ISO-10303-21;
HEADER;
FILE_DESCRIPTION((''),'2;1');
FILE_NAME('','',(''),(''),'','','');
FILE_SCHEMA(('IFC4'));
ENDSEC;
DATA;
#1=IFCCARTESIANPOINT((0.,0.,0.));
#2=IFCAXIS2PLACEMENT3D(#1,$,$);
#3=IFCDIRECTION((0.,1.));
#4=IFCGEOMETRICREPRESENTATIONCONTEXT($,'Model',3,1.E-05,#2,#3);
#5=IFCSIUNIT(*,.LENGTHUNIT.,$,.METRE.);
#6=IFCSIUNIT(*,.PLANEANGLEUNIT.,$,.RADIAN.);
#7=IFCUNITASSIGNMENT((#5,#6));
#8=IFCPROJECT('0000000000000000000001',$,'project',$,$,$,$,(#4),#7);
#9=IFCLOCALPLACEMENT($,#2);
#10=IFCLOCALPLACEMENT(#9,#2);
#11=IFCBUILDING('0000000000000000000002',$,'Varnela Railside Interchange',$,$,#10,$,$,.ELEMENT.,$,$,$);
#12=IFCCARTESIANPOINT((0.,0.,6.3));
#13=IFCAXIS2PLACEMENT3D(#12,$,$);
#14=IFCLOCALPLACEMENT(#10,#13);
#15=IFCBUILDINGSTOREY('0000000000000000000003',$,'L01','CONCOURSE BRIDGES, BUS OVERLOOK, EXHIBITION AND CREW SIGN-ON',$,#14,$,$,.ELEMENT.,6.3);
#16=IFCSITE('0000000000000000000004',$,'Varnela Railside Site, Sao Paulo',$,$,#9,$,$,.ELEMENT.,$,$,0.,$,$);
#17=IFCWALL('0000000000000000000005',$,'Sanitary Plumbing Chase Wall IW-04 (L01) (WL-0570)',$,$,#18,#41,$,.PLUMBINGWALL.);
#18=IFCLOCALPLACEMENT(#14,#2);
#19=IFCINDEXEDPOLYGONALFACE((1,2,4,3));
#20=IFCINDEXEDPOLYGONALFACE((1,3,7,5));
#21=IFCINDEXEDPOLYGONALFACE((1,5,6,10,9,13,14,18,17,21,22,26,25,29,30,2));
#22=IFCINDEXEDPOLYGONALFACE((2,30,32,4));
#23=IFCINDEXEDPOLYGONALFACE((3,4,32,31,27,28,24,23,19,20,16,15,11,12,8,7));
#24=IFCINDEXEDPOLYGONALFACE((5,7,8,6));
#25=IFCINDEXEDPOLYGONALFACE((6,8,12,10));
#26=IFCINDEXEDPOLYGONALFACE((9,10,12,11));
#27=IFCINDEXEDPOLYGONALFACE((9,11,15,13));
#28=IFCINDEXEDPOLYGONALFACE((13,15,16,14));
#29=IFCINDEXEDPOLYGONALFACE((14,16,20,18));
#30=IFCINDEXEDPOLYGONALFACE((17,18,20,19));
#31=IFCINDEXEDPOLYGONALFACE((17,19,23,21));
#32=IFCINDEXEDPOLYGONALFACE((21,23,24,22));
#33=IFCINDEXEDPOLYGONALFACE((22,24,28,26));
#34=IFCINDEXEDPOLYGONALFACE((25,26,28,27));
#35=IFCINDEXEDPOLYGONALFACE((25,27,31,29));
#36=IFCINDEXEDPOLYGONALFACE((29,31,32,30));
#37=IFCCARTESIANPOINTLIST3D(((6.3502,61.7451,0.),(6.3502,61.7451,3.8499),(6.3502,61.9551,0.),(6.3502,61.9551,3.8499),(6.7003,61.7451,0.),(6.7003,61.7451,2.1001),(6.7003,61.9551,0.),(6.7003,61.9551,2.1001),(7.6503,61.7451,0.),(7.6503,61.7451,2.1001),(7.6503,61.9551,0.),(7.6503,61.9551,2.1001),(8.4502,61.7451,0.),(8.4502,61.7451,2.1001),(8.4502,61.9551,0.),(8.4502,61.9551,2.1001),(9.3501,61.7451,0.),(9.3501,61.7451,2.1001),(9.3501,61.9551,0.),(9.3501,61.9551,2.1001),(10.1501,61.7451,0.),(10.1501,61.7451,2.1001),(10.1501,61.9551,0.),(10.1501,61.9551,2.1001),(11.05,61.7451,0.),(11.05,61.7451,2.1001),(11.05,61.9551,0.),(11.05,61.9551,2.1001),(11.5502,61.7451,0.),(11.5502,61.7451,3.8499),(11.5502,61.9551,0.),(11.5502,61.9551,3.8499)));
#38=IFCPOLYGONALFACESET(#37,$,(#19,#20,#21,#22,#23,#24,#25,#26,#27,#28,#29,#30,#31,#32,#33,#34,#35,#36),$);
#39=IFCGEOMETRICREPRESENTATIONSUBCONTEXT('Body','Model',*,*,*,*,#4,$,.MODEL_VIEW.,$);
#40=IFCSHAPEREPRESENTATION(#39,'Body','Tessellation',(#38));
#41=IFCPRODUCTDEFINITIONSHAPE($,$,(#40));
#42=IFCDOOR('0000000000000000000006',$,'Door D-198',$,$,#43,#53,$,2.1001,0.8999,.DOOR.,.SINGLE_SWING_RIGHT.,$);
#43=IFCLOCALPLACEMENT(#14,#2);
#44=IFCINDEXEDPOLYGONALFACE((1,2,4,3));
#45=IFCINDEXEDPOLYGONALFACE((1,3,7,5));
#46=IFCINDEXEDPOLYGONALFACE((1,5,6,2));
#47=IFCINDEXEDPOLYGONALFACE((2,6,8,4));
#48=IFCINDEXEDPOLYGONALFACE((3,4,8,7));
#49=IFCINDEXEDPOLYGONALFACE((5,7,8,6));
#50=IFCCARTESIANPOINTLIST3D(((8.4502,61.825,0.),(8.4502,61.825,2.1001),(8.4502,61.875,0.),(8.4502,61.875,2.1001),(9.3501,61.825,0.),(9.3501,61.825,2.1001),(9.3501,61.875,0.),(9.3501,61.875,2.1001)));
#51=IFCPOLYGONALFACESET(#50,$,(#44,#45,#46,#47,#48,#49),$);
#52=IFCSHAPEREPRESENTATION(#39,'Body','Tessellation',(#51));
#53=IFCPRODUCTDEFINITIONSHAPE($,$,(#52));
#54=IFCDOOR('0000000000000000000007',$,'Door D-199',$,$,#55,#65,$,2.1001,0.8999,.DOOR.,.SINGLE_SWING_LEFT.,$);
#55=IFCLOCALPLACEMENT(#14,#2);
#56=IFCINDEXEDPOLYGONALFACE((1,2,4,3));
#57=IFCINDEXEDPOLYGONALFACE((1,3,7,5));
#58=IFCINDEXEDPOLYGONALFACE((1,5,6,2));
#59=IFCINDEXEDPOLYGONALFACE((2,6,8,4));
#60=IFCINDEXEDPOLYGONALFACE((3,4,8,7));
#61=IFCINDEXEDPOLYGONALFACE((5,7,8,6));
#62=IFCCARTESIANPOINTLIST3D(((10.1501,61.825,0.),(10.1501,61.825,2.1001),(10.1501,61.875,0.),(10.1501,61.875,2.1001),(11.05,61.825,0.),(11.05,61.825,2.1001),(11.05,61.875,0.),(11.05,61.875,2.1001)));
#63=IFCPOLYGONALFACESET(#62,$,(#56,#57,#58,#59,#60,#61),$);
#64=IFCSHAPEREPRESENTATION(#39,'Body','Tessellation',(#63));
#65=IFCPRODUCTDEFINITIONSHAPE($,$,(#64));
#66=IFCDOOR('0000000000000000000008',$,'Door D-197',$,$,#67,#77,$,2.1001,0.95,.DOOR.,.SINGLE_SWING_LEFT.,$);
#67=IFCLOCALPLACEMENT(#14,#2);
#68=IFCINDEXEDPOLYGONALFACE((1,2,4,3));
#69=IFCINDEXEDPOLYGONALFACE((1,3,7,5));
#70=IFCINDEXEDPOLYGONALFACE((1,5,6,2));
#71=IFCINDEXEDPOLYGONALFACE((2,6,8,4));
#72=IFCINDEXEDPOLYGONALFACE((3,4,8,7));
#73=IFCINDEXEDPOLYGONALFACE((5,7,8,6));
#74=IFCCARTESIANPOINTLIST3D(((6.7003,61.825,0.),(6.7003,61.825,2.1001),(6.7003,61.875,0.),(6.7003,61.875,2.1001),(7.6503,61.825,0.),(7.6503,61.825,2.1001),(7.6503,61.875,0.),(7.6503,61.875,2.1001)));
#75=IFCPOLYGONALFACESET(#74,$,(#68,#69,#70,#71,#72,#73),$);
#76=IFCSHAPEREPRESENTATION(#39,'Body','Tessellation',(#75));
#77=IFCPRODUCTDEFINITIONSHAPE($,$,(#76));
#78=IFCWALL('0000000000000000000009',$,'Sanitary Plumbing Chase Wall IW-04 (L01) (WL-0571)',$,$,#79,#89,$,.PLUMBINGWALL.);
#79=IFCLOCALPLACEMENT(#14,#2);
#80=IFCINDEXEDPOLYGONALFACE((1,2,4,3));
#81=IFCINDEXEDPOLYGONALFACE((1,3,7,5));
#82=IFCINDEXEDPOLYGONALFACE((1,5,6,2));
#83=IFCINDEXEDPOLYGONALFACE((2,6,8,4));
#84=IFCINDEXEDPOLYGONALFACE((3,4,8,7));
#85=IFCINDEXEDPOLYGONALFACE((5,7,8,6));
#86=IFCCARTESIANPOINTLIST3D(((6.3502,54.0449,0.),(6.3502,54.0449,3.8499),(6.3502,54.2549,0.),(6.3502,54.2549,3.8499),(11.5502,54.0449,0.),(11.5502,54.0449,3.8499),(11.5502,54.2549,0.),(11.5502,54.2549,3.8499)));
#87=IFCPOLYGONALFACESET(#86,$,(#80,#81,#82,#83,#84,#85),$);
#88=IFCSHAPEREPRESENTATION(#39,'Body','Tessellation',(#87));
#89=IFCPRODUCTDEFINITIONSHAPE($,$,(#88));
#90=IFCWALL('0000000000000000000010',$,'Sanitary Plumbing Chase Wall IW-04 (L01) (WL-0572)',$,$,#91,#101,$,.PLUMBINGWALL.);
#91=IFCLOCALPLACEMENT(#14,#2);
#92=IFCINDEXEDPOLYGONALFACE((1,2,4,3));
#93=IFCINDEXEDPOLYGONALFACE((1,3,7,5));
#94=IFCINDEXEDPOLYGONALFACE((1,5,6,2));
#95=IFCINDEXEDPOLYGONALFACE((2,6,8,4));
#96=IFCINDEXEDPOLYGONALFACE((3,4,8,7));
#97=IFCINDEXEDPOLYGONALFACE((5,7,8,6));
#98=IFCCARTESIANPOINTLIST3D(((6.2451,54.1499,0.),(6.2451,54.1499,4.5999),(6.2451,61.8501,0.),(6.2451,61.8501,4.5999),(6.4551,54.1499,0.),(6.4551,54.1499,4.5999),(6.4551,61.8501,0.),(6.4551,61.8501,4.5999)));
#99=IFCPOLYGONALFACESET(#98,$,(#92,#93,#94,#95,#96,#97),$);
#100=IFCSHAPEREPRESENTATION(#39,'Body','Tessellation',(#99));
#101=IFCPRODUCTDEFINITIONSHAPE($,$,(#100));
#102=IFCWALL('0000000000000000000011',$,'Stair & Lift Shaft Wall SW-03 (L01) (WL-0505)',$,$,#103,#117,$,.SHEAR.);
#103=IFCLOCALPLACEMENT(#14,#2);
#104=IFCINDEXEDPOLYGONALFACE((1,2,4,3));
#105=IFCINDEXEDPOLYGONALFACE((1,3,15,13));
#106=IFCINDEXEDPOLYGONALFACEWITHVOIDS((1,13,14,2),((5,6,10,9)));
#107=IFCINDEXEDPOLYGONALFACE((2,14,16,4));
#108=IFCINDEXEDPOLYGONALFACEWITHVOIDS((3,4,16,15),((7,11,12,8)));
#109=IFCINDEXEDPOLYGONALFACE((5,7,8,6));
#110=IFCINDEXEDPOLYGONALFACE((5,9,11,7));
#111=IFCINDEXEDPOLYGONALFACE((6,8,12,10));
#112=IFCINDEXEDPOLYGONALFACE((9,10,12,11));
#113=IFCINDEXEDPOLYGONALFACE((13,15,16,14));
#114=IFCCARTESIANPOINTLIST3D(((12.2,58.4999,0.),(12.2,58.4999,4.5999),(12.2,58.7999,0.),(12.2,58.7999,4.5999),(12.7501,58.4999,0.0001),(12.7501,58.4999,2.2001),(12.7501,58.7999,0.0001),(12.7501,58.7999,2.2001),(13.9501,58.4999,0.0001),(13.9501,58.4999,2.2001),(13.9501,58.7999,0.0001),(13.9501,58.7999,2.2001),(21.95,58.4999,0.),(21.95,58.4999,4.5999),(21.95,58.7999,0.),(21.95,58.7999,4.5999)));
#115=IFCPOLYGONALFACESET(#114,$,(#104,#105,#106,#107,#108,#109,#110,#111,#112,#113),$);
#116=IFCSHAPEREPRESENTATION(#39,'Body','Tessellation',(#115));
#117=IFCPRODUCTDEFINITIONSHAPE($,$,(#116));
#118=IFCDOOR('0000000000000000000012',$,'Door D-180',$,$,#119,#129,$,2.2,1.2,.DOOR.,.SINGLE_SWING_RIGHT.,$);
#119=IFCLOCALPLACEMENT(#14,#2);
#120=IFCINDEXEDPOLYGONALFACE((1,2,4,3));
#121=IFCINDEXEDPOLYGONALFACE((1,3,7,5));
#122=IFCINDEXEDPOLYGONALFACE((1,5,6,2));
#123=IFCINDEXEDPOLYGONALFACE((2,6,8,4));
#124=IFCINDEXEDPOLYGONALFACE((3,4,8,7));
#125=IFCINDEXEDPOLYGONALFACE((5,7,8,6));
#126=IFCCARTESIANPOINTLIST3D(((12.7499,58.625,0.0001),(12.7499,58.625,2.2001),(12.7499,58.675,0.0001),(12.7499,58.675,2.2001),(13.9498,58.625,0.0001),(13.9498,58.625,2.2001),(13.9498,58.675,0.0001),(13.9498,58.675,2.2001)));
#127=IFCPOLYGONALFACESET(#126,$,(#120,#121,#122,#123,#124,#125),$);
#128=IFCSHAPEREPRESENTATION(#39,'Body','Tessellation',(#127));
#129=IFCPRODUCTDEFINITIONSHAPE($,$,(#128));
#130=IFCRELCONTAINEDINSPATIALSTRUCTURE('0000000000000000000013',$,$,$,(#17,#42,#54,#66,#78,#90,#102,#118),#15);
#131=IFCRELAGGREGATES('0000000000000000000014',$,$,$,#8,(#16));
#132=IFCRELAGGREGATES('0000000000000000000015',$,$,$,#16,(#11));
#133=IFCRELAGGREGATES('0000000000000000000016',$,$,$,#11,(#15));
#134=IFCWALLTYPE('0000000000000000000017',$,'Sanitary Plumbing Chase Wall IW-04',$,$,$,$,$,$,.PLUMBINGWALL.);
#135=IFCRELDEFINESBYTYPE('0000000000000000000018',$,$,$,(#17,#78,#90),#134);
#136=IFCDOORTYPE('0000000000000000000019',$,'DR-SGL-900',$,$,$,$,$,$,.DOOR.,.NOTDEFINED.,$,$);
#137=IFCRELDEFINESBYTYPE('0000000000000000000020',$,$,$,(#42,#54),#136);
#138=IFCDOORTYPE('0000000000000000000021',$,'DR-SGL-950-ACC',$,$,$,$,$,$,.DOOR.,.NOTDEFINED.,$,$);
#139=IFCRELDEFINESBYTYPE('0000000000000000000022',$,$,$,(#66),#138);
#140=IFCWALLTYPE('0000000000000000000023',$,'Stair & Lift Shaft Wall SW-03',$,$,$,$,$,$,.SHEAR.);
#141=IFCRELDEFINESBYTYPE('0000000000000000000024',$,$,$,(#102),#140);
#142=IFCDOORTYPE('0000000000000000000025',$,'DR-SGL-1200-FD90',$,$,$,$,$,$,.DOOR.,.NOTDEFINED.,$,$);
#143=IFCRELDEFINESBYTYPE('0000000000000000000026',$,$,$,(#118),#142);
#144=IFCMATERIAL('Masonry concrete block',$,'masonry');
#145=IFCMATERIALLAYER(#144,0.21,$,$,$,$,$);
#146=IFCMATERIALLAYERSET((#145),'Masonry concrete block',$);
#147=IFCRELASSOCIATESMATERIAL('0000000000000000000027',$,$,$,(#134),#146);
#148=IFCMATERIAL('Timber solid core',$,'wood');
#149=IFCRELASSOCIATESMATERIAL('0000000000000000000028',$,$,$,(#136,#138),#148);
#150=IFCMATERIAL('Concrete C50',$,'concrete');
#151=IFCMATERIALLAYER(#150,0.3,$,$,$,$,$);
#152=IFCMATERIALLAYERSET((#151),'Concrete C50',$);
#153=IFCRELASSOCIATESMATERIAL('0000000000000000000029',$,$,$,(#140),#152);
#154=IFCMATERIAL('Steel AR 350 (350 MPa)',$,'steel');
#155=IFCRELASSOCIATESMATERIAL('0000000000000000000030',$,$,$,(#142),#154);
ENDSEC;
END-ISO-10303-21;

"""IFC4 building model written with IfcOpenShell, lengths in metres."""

from ifc_helpers import new_model, si_unit, direction, frame, frame_2d, origin, place, context, subcontext, project, spatial, rectangle, extrude, material, layer, layer_set, type_object, element, fill, save


model = new_model("IFC4")

# Units and contexts
model_context = context("Model", 3, precision=1e-05, world=origin(), true_north=direction((0.0, 1.0)))
body_context = subcontext(model_context, "Body", "Model", "MODEL_VIEW")
ifc_project = project(units=[si_unit("LENGTHUNIT", "METRE"), si_unit("PLANEANGLEUNIT", "RADIAN")], contexts=[model_context])

# Site, building, storey
site_placement = place(None, origin())
site = spatial("IfcSite", under=ifc_project, at=site_placement, Name="Varnela Railside Site, Sao Paulo", CompositionType="ELEMENT", RefElevation=0.0)
building_placement = place(site_placement, origin())
building = spatial("IfcBuilding", under=site, at=building_placement, Name="Varnela Railside Interchange", CompositionType="ELEMENT")
storey_placement = place(building_placement, frame((0.0, 0.0, 6.3)))
storey = spatial("IfcBuildingStorey", under=building, at=storey_placement, Name="L01", Description="CONCOURSE BRIDGES, BUS OVERLOOK, EXHIBITION AND CREW SIGN-ON", CompositionType="ELEMENT", Elevation=6.3)

# Shared definitions
ifc_material_1 = material(Name="Steel AR 350 (350 MPa)", Category="steel")

# Shared definitions
ifc_material_2 = material(Name="Concrete C50", Category="concrete")

# Wall, openings, doors
ifc_material_3 = material(Name="Masonry concrete block", Category="masonry")
ifc_layer_1 = layer(ifc_material_3, 0.21)
ifc_layer_set_1 = layer_set([ifc_layer_1], Name="Masonry concrete block")
wall_type_1 = type_object("IfcWallType", Name="Sanitary Plumbing Chase Wall IW-04", PredefinedType="PLUMBINGWALL", material=ifc_layer_set_1)
wall_1_placement = place(storey_placement, frame((6.3501, 61.8501, 0.0), z_axis=(0.0, 0.0, 1.0), x_axis=(1.0, 0.0, 0.0)))
wall_1 = element("IfcWall", 1, at=wall_1_placement, inside=storey, type_object=wall_type_1, Name="Sanitary Plumbing Chase Wall IW-04 (L01) (WL-0570)", PredefinedType="PLUMBINGWALL", context=body_context, shape_type="SweptSolid", body=[
    extrude(rectangle(XDim=5.2, YDim=0.21, at=frame_2d((2.6001, 0.0))), origin(), (0.0, 0.0, 1.0), 3.8499),
])
opening_1_placement = place(wall_1_placement, frame((0.3501, 0.0, 0.0)))
opening_1 = element("IfcOpeningElement", 2, at=opening_1_placement, cuts=wall_1, PredefinedType="OPENING", context=body_context, shape_type="SweptSolid", body=[
    extrude(rectangle(XDim=0.95, YDim=2.1001, at=frame_2d((0.4751, 1.05))), frame((0.0, 0.115, 0.0), z_axis=(0.0, -1.0, 0.0), x_axis=(1.0, 0.0, 0.0)), (0.0, 0.0, 1.0), 0.23),
])
opening_2_placement = place(wall_1_placement, frame((2.1001, 0.0, 0.0)))
opening_2 = element("IfcOpeningElement", 3, at=opening_2_placement, cuts=wall_1, PredefinedType="OPENING", context=body_context, shape_type="SweptSolid", body=[
    extrude(rectangle(XDim=0.8999, YDim=2.1001, at=frame_2d((0.45, 1.05))), frame((0.0, 0.115, 0.0), z_axis=(0.0, -1.0, 0.0), x_axis=(1.0, 0.0, 0.0)), (0.0, 0.0, 1.0), 0.23),
])
opening_3_placement = place(wall_1_placement, frame((3.8, 0.0, 0.0)))
opening_3 = element("IfcOpeningElement", 4, at=opening_3_placement, cuts=wall_1, PredefinedType="OPENING", context=body_context, shape_type="SweptSolid", body=[
    extrude(rectangle(XDim=0.8999, YDim=2.1001, at=frame_2d((0.45, 1.05))), frame((0.0, 0.115, 0.0), z_axis=(0.0, -1.0, 0.0), x_axis=(1.0, 0.0, 0.0)), (0.0, 0.0, 1.0), 0.23),
])
ifc_material_4 = material(Name="Timber solid core", Category="wood")
door_type_1 = type_object("IfcDoorType", Name="DR-SGL-900", OperationType="NOTDEFINED", PredefinedType="DOOR", material=ifc_material_4)
door_1_placement = place(opening_2_placement, origin())
door_1 = element("IfcDoor", 5, at=door_1_placement, inside=storey, type_object=door_type_1, Name="Door D-198", OperationType="SINGLE_SWING_RIGHT", OverallHeight=2.1001, OverallWidth=0.8999, PredefinedType="DOOR", context=body_context, shape_type="SweptSolid", body=[
    extrude(rectangle(XDim=0.8999, YDim=2.1001, at=frame_2d((0.45, 1.05))), frame((0.0, 0.0249, 0.0), z_axis=(0.0, -1.0, 0.0), x_axis=(1.0, 0.0, 0.0)), (0.0, 0.0, 1.0), 0.05),
])
fill(opening_2, door_1)
door_2_placement = place(opening_3_placement, origin())
door_2 = element("IfcDoor", 6, at=door_2_placement, inside=storey, type_object=door_type_1, Name="Door D-199", OperationType="SINGLE_SWING_LEFT", OverallHeight=2.1001, OverallWidth=0.8999, PredefinedType="DOOR", context=body_context, shape_type="SweptSolid", body=[
    extrude(rectangle(XDim=0.8999, YDim=2.1001, at=frame_2d((0.45, 1.05))), frame((0.0, 0.0249, 0.0), z_axis=(0.0, -1.0, 0.0), x_axis=(1.0, 0.0, 0.0)), (0.0, 0.0, 1.0), 0.05),
])
fill(opening_3, door_2)
door_type_2 = type_object("IfcDoorType", Name="DR-SGL-950-ACC", OperationType="NOTDEFINED", PredefinedType="DOOR", material=ifc_material_4)
door_3_placement = place(opening_1_placement, origin())
door_3 = element("IfcDoor", 7, at=door_3_placement, inside=storey, type_object=door_type_2, Name="Door D-197", OperationType="SINGLE_SWING_LEFT", OverallHeight=2.1001, OverallWidth=0.95, PredefinedType="DOOR", context=body_context, shape_type="SweptSolid", body=[
    extrude(rectangle(XDim=0.95, YDim=2.1001, at=frame_2d((0.4751, 1.05))), frame((0.0, 0.0249, 0.0), z_axis=(0.0, -1.0, 0.0), x_axis=(1.0, 0.0, 0.0)), (0.0, 0.0, 1.0), 0.05),
])
fill(opening_1, door_3)

# Walls
wall_2_placement = place(storey_placement, frame((6.3501, 54.1499, 0.0), z_axis=(0.0, 0.0, 1.0), x_axis=(1.0, 0.0, 0.0)))
element("IfcWall", 8, at=wall_2_placement, inside=storey, type_object=wall_type_1, Name="Sanitary Plumbing Chase Wall IW-04 (L01) (WL-0571)", PredefinedType="PLUMBINGWALL", context=body_context, shape_type="SweptSolid", body=[
    extrude(rectangle(XDim=5.2, YDim=0.21, at=frame_2d((2.6001, 0.0))), origin(), (0.0, 0.0, 1.0), 3.8499),
])
wall_3_placement = place(storey_placement, frame((6.3501, 54.1499, 0.0), z_axis=(0.0, 0.0, 1.0), x_axis=(0.0, 1.0, 0.0)))
element("IfcWall", 9, at=wall_3_placement, inside=storey, type_object=wall_type_1, Name="Sanitary Plumbing Chase Wall IW-04 (L01) (WL-0572)", PredefinedType="PLUMBINGWALL", context=body_context, shape_type="SweptSolid", body=[
    extrude(rectangle(XDim=7.7002, YDim=0.21, at=frame_2d((3.8501, 0.0))), origin(), (0.0, 0.0, 1.0), 4.5999),
])

# Wall, opening, door
ifc_layer_2 = layer(ifc_material_2, 0.3)
ifc_layer_set_2 = layer_set([ifc_layer_2], Name="Concrete C50")
wall_type_2 = type_object("IfcWallType", Name="Stair & Lift Shaft Wall SW-03", PredefinedType="SHEAR", material=ifc_layer_set_2)
wall_4_placement = place(storey_placement, frame((12.2, 58.6499, 0.0), z_axis=(0.0, 0.0, 1.0), x_axis=(1.0, 0.0, 0.0)))
wall_4 = element("IfcWall", 10, at=wall_4_placement, inside=storey, type_object=wall_type_2, Name="Stair & Lift Shaft Wall SW-03 (L01) (WL-0505)", PredefinedType="SHEAR", context=body_context, shape_type="SweptSolid", body=[
    extrude(rectangle(XDim=9.75, YDim=0.3, at=frame_2d((4.875, 0.0))), origin(), (0.0, 0.0, 1.0), 4.5999),
])
opening_4_placement = place(wall_4_placement, frame((0.55, 0.0, 0.0)))
opening_4 = element("IfcOpeningElement", 11, at=opening_4_placement, cuts=wall_4, PredefinedType="OPENING", context=body_context, shape_type="SweptSolid", body=[
    extrude(rectangle(XDim=1.2, YDim=2.2, at=frame_2d((0.6001, 1.1001))), frame((0.0, 0.1599, 0.0), z_axis=(0.0, -1.0, 0.0), x_axis=(1.0, 0.0, 0.0)), (0.0, 0.0, 1.0), 0.3201),
])
door_type_3 = type_object("IfcDoorType", Name="DR-SGL-1200-FD90", OperationType="NOTDEFINED", PredefinedType="DOOR", material=ifc_material_1)
door_4_placement = place(opening_4_placement, frame((1.2, 0.0, 0.0), z_axis=(0.0, 0.0, 1.0), x_axis=(-1.0, 0.0, 0.0)))
door_4 = element("IfcDoor", 12, at=door_4_placement, inside=storey, type_object=door_type_3, Name="Door D-180", OperationType="SINGLE_SWING_RIGHT", OverallHeight=2.2, OverallWidth=1.2, PredefinedType="DOOR", context=body_context, shape_type="SweptSolid", body=[
    extrude(rectangle(XDim=1.2, YDim=2.2, at=frame_2d((0.6001, 1.1001))), frame((0.0, 0.0249, 0.0), z_axis=(0.0, -1.0, 0.0), x_axis=(1.0, 0.0, 0.0)), (0.0, 0.0, 1.0), 0.05),
])
fill(opening_4, door_4)

save(model, "model.ifc")
